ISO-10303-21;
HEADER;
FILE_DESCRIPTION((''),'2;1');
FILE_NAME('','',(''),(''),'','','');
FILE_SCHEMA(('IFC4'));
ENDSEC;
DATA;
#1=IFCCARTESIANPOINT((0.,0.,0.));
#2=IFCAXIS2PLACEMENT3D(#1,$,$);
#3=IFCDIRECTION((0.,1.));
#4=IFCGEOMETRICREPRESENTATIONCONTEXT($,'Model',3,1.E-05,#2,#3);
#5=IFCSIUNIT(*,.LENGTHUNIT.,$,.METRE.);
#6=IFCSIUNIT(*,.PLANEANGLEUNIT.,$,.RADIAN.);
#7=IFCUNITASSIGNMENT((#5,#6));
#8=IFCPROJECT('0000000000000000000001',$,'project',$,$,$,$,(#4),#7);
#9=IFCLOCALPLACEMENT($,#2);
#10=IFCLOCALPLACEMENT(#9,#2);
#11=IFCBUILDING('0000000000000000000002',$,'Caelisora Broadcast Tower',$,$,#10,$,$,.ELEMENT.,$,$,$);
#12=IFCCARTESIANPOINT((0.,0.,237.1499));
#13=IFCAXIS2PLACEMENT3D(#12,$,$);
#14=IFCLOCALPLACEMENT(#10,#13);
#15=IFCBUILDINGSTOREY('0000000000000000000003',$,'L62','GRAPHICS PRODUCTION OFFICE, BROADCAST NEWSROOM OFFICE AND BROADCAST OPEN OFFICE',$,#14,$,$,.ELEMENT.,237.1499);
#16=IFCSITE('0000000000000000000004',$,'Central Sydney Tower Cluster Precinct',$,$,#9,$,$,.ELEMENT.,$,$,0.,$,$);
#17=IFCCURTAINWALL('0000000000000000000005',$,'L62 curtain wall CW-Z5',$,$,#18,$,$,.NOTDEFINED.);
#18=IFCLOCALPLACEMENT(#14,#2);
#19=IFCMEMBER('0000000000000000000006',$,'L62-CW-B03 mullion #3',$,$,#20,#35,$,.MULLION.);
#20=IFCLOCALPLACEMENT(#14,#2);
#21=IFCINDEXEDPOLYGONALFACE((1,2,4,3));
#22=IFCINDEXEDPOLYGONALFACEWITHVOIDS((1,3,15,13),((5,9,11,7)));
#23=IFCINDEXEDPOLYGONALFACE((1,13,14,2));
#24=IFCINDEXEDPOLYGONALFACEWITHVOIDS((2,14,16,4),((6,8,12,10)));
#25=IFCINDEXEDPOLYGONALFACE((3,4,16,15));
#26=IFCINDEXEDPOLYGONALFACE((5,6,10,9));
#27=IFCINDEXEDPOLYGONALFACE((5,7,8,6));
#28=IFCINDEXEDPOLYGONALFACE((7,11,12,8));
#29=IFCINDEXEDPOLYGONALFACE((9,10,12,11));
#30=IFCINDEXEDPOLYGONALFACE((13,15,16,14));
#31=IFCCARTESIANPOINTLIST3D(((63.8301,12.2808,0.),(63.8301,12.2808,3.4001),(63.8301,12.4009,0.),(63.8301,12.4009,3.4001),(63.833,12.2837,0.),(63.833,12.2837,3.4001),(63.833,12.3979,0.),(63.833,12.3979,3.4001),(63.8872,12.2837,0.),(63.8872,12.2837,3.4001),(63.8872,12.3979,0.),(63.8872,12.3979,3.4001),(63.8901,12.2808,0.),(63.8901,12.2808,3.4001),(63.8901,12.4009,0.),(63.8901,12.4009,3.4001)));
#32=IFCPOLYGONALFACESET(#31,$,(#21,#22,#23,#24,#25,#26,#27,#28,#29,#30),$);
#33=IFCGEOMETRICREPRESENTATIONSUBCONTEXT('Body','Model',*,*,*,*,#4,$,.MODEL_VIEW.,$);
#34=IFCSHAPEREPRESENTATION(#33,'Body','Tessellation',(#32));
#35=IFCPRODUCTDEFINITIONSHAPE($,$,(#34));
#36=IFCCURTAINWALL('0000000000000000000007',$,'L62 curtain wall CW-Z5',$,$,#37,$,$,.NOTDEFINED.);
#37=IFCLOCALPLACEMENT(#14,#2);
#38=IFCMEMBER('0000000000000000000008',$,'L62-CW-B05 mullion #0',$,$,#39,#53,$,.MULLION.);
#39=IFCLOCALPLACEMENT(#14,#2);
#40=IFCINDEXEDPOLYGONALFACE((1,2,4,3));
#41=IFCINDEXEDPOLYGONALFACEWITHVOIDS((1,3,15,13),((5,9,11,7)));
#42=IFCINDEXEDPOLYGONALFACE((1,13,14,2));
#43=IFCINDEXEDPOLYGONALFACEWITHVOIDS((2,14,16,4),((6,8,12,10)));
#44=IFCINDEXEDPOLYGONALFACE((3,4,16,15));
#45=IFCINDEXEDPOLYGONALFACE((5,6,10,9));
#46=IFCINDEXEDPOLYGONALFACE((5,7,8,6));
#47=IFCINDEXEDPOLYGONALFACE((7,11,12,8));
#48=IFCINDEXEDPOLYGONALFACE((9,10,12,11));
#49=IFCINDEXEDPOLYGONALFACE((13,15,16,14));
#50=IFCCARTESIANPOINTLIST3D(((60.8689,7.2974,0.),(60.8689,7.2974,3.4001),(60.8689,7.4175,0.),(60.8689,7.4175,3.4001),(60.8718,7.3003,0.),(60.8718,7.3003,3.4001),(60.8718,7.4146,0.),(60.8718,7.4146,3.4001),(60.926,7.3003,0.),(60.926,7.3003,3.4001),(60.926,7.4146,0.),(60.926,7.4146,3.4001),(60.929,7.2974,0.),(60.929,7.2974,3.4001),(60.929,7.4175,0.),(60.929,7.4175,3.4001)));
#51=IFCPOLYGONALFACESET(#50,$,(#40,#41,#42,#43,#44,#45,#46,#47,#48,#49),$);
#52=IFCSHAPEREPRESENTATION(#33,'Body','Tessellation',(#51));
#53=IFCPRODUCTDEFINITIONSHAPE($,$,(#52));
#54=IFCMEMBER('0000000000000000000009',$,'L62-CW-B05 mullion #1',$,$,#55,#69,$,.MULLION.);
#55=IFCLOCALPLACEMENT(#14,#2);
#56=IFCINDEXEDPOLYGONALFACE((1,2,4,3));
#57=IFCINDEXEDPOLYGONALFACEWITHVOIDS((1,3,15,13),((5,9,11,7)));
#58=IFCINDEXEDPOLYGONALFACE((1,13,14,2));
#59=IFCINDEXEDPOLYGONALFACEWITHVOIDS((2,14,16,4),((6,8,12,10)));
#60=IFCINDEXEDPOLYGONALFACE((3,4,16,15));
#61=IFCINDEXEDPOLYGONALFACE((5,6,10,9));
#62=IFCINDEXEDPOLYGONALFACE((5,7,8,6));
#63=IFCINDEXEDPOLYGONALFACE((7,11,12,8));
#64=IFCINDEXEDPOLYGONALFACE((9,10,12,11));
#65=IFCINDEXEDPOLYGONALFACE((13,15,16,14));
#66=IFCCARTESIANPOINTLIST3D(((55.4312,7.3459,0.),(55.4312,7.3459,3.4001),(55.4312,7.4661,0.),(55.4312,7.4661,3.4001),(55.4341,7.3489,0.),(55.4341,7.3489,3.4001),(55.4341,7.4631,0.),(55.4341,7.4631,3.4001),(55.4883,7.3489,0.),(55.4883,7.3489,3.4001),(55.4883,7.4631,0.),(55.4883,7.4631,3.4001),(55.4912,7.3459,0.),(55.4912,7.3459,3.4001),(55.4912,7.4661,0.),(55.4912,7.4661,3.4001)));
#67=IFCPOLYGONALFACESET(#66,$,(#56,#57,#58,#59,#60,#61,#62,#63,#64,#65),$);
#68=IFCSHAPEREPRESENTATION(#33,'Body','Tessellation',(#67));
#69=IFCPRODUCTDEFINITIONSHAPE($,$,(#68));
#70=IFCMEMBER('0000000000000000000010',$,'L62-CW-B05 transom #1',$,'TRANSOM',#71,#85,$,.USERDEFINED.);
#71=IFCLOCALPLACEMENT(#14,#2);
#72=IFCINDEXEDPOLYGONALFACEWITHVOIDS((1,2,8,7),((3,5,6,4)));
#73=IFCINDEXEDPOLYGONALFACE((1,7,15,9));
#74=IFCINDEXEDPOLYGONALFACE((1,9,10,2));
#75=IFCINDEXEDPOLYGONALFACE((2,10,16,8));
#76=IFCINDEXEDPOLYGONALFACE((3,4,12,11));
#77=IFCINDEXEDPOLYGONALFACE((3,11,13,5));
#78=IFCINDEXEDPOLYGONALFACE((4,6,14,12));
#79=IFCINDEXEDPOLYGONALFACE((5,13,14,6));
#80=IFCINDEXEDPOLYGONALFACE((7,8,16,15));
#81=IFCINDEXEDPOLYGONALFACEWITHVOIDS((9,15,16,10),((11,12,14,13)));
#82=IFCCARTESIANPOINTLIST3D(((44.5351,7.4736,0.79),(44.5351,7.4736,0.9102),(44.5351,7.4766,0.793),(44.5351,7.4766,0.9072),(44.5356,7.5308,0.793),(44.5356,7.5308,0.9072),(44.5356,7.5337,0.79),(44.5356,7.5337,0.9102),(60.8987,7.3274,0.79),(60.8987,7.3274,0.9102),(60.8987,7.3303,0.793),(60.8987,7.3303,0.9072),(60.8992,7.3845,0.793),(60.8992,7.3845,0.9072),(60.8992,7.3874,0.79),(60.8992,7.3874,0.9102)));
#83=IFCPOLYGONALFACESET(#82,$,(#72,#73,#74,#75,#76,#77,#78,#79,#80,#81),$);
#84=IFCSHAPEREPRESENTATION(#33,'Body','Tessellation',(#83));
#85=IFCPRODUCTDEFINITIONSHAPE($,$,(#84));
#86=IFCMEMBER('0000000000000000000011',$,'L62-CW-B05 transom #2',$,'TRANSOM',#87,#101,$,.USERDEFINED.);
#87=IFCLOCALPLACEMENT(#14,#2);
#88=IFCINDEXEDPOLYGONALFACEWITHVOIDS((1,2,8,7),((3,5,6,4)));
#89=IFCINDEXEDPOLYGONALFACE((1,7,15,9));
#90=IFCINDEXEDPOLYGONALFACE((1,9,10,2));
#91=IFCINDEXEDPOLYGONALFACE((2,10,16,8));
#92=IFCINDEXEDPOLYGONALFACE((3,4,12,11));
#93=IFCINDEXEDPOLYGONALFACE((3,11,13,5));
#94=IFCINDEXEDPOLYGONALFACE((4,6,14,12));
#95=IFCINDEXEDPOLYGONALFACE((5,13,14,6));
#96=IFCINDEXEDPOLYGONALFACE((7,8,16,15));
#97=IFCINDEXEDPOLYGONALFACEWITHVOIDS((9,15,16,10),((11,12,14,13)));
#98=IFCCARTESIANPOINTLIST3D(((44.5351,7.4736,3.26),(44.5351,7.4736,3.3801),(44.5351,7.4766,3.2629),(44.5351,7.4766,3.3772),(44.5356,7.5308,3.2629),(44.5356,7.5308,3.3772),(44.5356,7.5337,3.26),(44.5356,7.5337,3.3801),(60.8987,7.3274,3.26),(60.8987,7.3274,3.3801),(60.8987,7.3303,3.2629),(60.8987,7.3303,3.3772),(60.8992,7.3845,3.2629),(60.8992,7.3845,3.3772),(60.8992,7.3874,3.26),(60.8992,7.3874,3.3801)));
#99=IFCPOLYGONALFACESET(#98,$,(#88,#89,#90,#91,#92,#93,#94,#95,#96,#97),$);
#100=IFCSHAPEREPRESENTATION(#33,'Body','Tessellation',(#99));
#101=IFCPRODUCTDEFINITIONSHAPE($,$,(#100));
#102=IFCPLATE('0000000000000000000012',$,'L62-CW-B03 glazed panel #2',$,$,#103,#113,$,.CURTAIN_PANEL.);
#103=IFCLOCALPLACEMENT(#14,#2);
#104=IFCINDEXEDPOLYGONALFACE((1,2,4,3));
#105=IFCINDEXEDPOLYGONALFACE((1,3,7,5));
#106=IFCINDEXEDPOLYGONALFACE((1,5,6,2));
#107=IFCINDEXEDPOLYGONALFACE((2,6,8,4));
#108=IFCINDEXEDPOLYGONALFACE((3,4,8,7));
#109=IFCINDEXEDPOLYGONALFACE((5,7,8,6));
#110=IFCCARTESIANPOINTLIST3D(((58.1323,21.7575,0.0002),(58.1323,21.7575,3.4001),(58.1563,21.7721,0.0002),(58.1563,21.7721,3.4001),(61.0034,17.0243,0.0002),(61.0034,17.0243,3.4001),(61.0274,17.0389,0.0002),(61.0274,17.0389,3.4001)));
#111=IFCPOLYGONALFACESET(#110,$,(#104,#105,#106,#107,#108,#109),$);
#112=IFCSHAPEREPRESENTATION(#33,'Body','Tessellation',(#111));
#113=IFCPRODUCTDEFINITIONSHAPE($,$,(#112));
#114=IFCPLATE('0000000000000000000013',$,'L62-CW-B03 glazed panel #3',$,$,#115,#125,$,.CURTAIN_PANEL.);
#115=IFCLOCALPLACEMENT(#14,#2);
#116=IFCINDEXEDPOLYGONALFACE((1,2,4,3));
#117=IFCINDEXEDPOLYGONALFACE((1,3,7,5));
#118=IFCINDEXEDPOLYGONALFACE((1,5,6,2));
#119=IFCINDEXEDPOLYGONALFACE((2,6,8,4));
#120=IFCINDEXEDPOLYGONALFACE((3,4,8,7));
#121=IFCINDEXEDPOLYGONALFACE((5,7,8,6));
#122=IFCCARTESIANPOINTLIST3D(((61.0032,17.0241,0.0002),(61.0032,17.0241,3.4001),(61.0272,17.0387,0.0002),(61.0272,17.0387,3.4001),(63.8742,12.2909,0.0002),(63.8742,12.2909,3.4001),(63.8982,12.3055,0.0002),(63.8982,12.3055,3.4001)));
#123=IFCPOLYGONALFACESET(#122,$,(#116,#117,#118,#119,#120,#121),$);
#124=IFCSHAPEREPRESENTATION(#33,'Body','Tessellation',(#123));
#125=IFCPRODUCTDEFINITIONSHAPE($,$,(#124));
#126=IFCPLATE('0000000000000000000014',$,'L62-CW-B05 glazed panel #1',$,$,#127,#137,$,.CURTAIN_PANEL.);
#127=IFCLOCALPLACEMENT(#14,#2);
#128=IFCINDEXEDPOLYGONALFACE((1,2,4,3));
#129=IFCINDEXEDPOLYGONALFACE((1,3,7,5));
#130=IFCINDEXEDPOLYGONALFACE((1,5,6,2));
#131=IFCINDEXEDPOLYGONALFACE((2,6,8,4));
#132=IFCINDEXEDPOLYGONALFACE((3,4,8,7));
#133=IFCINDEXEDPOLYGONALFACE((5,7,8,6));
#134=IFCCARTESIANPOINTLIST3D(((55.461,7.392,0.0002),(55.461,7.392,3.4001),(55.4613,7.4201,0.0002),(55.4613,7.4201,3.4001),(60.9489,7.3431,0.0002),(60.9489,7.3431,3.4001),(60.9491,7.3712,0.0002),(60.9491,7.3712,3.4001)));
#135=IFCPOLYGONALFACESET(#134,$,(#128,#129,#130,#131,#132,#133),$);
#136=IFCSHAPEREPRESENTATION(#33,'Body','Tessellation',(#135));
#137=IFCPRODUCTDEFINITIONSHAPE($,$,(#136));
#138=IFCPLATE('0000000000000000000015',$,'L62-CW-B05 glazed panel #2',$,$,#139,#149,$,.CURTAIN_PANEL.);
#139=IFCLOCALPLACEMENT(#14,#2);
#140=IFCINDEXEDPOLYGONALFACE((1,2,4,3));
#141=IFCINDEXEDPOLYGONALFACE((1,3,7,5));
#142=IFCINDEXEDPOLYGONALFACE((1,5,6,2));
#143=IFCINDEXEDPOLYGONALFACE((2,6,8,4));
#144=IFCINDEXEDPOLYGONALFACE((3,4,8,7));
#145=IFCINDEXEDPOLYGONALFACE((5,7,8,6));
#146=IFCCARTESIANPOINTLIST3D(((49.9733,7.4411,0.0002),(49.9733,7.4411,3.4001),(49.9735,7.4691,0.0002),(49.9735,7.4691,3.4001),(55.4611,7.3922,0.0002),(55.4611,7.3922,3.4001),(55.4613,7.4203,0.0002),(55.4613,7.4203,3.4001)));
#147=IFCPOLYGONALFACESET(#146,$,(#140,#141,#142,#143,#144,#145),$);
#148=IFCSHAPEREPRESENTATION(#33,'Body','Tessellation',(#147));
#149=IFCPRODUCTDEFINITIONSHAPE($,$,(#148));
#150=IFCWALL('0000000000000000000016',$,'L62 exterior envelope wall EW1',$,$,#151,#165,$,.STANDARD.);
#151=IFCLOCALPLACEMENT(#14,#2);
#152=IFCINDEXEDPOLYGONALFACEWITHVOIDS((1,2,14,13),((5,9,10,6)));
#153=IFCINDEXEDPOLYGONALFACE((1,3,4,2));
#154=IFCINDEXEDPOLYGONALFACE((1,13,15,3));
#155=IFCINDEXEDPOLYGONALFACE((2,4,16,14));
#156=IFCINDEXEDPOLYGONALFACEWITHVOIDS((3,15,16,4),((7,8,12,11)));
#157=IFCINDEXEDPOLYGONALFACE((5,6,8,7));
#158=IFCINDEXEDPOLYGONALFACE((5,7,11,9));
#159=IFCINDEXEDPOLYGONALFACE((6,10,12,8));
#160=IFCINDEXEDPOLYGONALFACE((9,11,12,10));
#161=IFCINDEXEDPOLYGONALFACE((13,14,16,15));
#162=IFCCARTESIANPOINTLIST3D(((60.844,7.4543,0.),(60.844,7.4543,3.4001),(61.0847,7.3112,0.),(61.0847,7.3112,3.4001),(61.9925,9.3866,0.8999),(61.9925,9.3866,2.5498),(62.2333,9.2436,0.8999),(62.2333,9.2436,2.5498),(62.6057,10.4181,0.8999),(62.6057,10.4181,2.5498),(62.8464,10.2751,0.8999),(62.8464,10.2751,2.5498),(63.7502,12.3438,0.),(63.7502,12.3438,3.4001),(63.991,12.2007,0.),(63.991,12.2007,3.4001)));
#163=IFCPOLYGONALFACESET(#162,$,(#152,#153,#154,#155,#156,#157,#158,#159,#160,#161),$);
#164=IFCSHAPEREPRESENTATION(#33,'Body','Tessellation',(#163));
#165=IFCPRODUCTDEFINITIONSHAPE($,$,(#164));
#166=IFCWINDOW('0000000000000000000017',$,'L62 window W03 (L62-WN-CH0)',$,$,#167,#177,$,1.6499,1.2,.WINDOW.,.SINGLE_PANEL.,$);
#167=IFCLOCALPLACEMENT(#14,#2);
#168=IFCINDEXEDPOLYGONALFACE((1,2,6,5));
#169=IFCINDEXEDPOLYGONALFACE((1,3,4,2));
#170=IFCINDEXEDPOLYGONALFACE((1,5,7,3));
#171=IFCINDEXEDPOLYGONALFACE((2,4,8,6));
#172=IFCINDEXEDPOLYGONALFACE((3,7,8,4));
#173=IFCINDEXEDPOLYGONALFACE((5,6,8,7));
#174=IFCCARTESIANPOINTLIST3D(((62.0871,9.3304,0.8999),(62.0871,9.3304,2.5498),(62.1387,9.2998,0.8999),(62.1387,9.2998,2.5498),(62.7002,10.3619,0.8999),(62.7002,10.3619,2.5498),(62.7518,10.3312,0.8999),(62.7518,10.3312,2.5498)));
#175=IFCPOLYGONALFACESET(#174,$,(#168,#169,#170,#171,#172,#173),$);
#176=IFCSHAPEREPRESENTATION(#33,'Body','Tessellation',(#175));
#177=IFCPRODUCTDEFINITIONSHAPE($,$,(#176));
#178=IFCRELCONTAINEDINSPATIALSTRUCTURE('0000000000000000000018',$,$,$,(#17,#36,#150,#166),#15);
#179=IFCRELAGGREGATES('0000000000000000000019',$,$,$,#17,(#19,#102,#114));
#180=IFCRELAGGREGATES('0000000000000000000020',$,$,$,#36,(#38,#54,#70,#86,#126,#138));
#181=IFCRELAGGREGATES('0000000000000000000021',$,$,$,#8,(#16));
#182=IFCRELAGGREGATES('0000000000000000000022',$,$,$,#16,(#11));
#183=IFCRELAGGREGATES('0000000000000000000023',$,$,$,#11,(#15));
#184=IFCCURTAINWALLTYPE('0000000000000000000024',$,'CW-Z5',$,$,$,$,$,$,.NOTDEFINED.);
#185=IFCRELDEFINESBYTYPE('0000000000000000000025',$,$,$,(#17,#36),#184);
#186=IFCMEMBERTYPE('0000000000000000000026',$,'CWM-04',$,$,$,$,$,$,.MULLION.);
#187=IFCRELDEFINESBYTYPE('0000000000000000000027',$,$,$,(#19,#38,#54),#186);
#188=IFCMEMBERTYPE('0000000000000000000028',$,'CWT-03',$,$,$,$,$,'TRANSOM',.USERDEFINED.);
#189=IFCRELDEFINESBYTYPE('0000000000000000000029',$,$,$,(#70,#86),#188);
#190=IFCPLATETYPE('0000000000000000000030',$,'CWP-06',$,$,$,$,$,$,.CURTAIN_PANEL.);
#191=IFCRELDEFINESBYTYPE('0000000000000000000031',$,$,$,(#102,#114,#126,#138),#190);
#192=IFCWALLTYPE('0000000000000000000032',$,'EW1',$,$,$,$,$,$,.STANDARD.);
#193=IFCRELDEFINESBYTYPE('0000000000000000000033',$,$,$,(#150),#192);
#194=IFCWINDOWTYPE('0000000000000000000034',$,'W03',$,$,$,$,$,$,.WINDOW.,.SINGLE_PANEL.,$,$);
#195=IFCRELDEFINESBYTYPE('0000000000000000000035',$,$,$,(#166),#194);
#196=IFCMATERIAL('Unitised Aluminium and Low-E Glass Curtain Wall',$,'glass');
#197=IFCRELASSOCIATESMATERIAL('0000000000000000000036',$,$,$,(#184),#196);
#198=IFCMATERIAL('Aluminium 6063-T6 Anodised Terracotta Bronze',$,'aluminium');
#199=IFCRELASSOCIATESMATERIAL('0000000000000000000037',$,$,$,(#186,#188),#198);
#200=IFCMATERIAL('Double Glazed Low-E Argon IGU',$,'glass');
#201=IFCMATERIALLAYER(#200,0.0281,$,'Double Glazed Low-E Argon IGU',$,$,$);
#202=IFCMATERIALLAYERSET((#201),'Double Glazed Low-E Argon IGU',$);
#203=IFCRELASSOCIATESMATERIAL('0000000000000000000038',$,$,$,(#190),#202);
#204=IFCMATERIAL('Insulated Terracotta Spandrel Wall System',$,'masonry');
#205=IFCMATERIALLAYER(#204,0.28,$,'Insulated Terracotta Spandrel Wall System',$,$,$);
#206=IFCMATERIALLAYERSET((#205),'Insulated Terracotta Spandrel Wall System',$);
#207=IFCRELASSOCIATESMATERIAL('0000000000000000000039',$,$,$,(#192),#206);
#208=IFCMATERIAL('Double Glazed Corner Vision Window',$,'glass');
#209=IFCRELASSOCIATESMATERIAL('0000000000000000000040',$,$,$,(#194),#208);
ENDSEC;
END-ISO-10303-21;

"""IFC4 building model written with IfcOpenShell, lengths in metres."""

from ifc_helpers import new_model, si_unit, direction, frame, frame_2d, origin, origin_2d, place, context, subcontext, project, spatial, rectangle, hollow_rectangle, extrude, source, transform, mapped, material, layer, layer_set, material_profile, profile_set, type_object, type_shapes, element, fill, aggregate, save


model = new_model("IFC4")

# Units and contexts
model_context = context("Model", 3, precision=1e-05, world=origin(), true_north=direction((0.0, 1.0)))
body_context = subcontext(model_context, "Body", "Model", "MODEL_VIEW")
ifc_project = project(units=[si_unit("LENGTHUNIT", "METRE"), si_unit("PLANEANGLEUNIT", "RADIAN")], contexts=[model_context])

# Site, building, storey
site_placement = place(None, origin())
site = spatial("IfcSite", under=ifc_project, at=site_placement, Name="Central Sydney Tower Cluster Precinct", CompositionType="ELEMENT", RefElevation=0.0)
building_placement = place(site_placement, origin())
building = spatial("IfcBuilding", under=site, at=building_placement, Name="Caelisora Broadcast Tower", CompositionType="ELEMENT")
storey_placement = place(building_placement, frame((0.0, 0.0, 237.1499)))
storey = spatial("IfcBuildingStorey", under=building, at=storey_placement, Name="L62", Description="GRAPHICS PRODUCTION OFFICE, BROADCAST NEWSROOM OFFICE AND BROADCAST OPEN OFFICE", CompositionType="ELEMENT", Elevation=237.1499)

# Curtain walls, members
ifc_material_1 = material(Name="Unitised Aluminium and Low-E Glass Curtain Wall", Category="glass")
curtain_wall_type = type_object("IfcCurtainWallType", Name="CW-Z5", PredefinedType="NOTDEFINED", material=ifc_material_1)
curtain_wall_1_placement = place(storey_placement, origin())
curtain_wall_1 = element("IfcCurtainWall", 1, at=curtain_wall_1_placement, inside=storey, type_object=curtain_wall_type, Name="L62 curtain wall CW-Z5", PredefinedType="NOTDEFINED")
ifc_material_2 = material(Name="Aluminium 6063-T6 Anodised Terracotta Bronze", Category="aluminium")
ifc_material_profile_1 = material_profile(ifc_material_2, hollow_rectangle(XDim=0.0601, YDim=0.1201, WallThickness=0.0029, at=origin_2d()), Name="Aluminium 6063-T6 Anodised Terracotta Bronze")
ifc_profile_set_1 = profile_set([ifc_material_profile_1], Name="Aluminium 6063-T6 Anodised Terracotta Bronze")
member_type_1 = type_object("IfcMemberType", Name="CWM-04", PredefinedType="MULLION", material=ifc_profile_set_1)
shared_shape_1 = source(origin(), body_context, "Body", "SweptSolid", [
    extrude(hollow_rectangle(XDim=0.0601, YDim=0.1201, WallThickness=0.0029, at=origin_2d()), origin(), (0.0, 0.0, 1.0), 3.4001),
])
type_shapes(member_type_1, [shared_shape_1])
member_1_placement = place(storey_placement, frame((63.8601, 12.3408, 0.0), z_axis=(0.0, 0.0, 1.0), x_axis=(1.0, 0.0, 0.0)))
member_1 = element("IfcMember", 2, at=member_1_placement, type_object=member_type_1, Name="L62-CW-B03 mullion #3", PredefinedType="MULLION", context=body_context, shape_type="MappedRepresentation", body=[
    mapped(shared_shape_1, transform((0.0, 0.0, 0.0), scale=1.0)),
])
curtain_wall_2_placement = place(storey_placement, origin())
curtain_wall_2 = element("IfcCurtainWall", 3, at=curtain_wall_2_placement, inside=storey, type_object=curtain_wall_type, Name="L62 curtain wall CW-Z5", PredefinedType="NOTDEFINED")
member_2_placement = place(storey_placement, frame((60.8989, 7.3574, 0.0), z_axis=(0.0, 0.0, 1.0), x_axis=(1.0, 0.0, 0.0)))
member_2 = element("IfcMember", 4, at=member_2_placement, type_object=member_type_1, Name="L62-CW-B05 mullion #0", PredefinedType="MULLION", context=body_context, shape_type="MappedRepresentation", body=[
    mapped(shared_shape_1, transform((0.0, 0.0, 0.0), scale=1.0)),
])
member_3_placement = place(storey_placement, frame((55.4612, 7.406, 0.0), z_axis=(0.0, 0.0, 1.0), x_axis=(1.0, 0.0, 0.0)))
member_3 = element("IfcMember", 5, at=member_3_placement, type_object=member_type_1, Name="L62-CW-B05 mullion #1", PredefinedType="MULLION", context=body_context, shape_type="MappedRepresentation", body=[
    mapped(shared_shape_1, transform((0.0, 0.0, 0.0), scale=1.0)),
])
ifc_material_profile_2 = material_profile(ifc_material_2, hollow_rectangle(XDim=0.0601, YDim=0.1201, WallThickness=0.0029, at=origin_2d()), Name="Aluminium 6063-T6 Anodised Terracotta Bronze")
ifc_profile_set_2 = profile_set([ifc_material_profile_2], Name="Aluminium 6063-T6 Anodised Terracotta Bronze")
member_type_2 = type_object("IfcMemberType", Name="CWT-03", ElementType="TRANSOM", PredefinedType="USERDEFINED", material=ifc_profile_set_2)
shared_shape_2 = source(origin(), body_context, "Body", "SweptSolid", [
    extrude(hollow_rectangle(XDim=0.0601, YDim=0.1201, WallThickness=0.0029, at=origin_2d()), origin(), (0.0, 0.0, 1.0), 16.3643),
])
type_shapes(member_type_2, [shared_shape_2])
member_4_placement = place(storey_placement, frame((60.8989, 7.3574, 0.8501), z_axis=(-0.99996, 0.008937, 0.0), x_axis=(-0.008937, -0.99996, 0.0)))
member_4 = element("IfcMember", 6, at=member_4_placement, type_object=member_type_2, Name="L62-CW-B05 transom #1", ObjectType="TRANSOM", PredefinedType="USERDEFINED", context=body_context, shape_type="MappedRepresentation", body=[
    mapped(shared_shape_2, transform((0.0, 0.0, 0.0), scale=1.0)),
])
member_5_placement = place(storey_placement, frame((60.8989, 7.3574, 3.3201), z_axis=(-0.99996, 0.008937, 0.0), x_axis=(-0.008937, -0.99996, 0.0)))
member_5 = element("IfcMember", 7, at=member_5_placement, type_object=member_type_2, Name="L62-CW-B05 transom #2", ObjectType="TRANSOM", PredefinedType="USERDEFINED", context=body_context, shape_type="MappedRepresentation", body=[
    mapped(shared_shape_2, transform((0.0, 0.0, 0.0), scale=1.0)),
])

# Plates
ifc_material_3 = material(Name="Double Glazed Low-E Argon IGU", Category="glass")
ifc_layer_1 = layer(ifc_material_3, 0.0281, Name="Double Glazed Low-E Argon IGU")
ifc_layer_set_1 = layer_set([ifc_layer_1], Name="Double Glazed Low-E Argon IGU")
plate_type = type_object("IfcPlateType", Name="CWP-06", PredefinedType="CURTAIN_PANEL", material=ifc_layer_set_1)
shared_shape_3 = source(origin(), body_context, "Body", "SweptSolid", [
    extrude(rectangle(XDim=5.5359, YDim=0.0281, at=origin_2d()), origin(), (0.0, 0.0, 1.0), 3.3999),
])
plate_1_placement = place(storey_placement, frame((59.5798, 19.3982, 0.0002), z_axis=(0.0, 0.0, 1.0), x_axis=(0.518624, -0.855002, 0.0)))
plate_1 = element("IfcPlate", 8, at=plate_1_placement, type_object=plate_type, Name="L62-CW-B03 glazed panel #2", PredefinedType="CURTAIN_PANEL", context=body_context, shape_type="MappedRepresentation", body=[
    mapped(shared_shape_3, transform((0.0, 0.0, 0.0), scale=1.0)),
])
plate_2_placement = place(storey_placement, frame((62.4507, 14.6648, 0.0002), z_axis=(0.0, 0.0, 1.0), x_axis=(0.518624, -0.855002, 0.0)))
plate_2 = element("IfcPlate", 9, at=plate_2_placement, type_object=plate_type, Name="L62-CW-B03 glazed panel #3", PredefinedType="CURTAIN_PANEL", context=body_context, shape_type="MappedRepresentation", body=[
    mapped(shared_shape_3, transform((0.0, 0.0, 0.0), scale=1.0)),
])
aggregate(curtain_wall_1, [member_1, plate_1, plate_2])
shared_shape_4 = source(origin(), body_context, "Body", "SweptSolid", [
    extrude(rectangle(XDim=5.488, YDim=0.0281, at=origin_2d()), origin(), (0.0, 0.0, 1.0), 3.3999),
])
type_shapes(plate_type, [shared_shape_3, shared_shape_4])
plate_3_placement = place(storey_placement, frame((58.2051, 7.3816, 0.0002), z_axis=(0.0, 0.0, 1.0), x_axis=(-0.99996, 0.008901, 0.0)))
plate_3 = element("IfcPlate", 10, at=plate_3_placement, type_object=plate_type, Name="L62-CW-B05 glazed panel #1", PredefinedType="CURTAIN_PANEL", context=body_context, shape_type="MappedRepresentation", body=[
    mapped(shared_shape_4, transform((0.0, 0.0, 0.0), scale=1.0)),
])
plate_4_placement = place(storey_placement, frame((52.7173, 7.4307, 0.0002), z_axis=(0.0, 0.0, 1.0), x_axis=(-0.99996, 0.008901, 0.0)))
plate_4 = element("IfcPlate", 11, at=plate_4_placement, type_object=plate_type, Name="L62-CW-B05 glazed panel #2", PredefinedType="CURTAIN_PANEL", context=body_context, shape_type="MappedRepresentation", body=[
    mapped(shared_shape_4, transform((0.0, 0.0, 0.0), scale=1.0)),
])
aggregate(curtain_wall_2, [member_2, member_3, member_4, member_5, plate_3, plate_4])

# Wall, opening, window
ifc_material_4 = material(Name="Insulated Terracotta Spandrel Wall System", Category="masonry")
ifc_layer_2 = layer(ifc_material_4, 0.28, Name="Insulated Terracotta Spandrel Wall System")
ifc_layer_set_2 = layer_set([ifc_layer_2], Name="Insulated Terracotta Spandrel Wall System")
wall_type = type_object("IfcWallType", Name="EW1", PredefinedType="STANDARD", material=ifc_layer_set_2)
wall_placement = place(storey_placement, frame((63.8706, 12.2722, 0.0), z_axis=(0.0, 0.0, 1.0), x_axis=(-0.51095, -0.85961, 0.0)))
wall = element("IfcWall", 12, at=wall_placement, inside=storey, type_object=wall_type, Name="L62 exterior envelope wall EW1", PredefinedType="STANDARD", context=body_context, shape_type="SweptSolid", body=[
    extrude(rectangle(XDim=5.688, YDim=0.28, at=frame_2d((2.844, 0.0))), origin(), (0.0, 0.0, 1.0), 3.4001),
])
opening_placement = place(wall_placement, frame((2.24, 0.0, 0.8999)))
opening = element("IfcOpeningElement", 13, at=opening_placement, cuts=wall, PredefinedType="OPENING", context=body_context, shape_type="SweptSolid", body=[
    extrude(rectangle(XDim=1.2, YDim=1.6499, at=frame_2d((0.6001, 0.825))), frame((0.0, 0.1521, 0.0), z_axis=(0.0, -1.0, 0.0), x_axis=(1.0, 0.0, 0.0)), (0.0, 0.0, 1.0), 0.304),
])
ifc_material_5 = material(Name="Double Glazed Corner Vision Window", Category="glass")
window_type = type_object("IfcWindowType", Name="W03", PartitioningType="SINGLE_PANEL", PredefinedType="WINDOW", material=ifc_material_5)
window_placement = place(opening_placement, origin())
window = element("IfcWindow", 14, at=window_placement, inside=storey, type_object=window_type, Name="L62 window W03 (L62-WN-CH0)", OverallHeight=1.6499, OverallWidth=1.2, PartitioningType="SINGLE_PANEL", PredefinedType="WINDOW", context=body_context, shape_type="SweptSolid", body=[
    extrude(rectangle(XDim=1.2, YDim=1.6499, at=frame_2d((0.6001, 0.825))), frame((0.0, 0.03, 0.0), z_axis=(0.0, -1.0, 0.0), x_axis=(1.0, 0.0, 0.0)), (0.0, 0.0, 1.0), 0.0601),
])
fill(opening, window)

save(model, "model.ifc")
